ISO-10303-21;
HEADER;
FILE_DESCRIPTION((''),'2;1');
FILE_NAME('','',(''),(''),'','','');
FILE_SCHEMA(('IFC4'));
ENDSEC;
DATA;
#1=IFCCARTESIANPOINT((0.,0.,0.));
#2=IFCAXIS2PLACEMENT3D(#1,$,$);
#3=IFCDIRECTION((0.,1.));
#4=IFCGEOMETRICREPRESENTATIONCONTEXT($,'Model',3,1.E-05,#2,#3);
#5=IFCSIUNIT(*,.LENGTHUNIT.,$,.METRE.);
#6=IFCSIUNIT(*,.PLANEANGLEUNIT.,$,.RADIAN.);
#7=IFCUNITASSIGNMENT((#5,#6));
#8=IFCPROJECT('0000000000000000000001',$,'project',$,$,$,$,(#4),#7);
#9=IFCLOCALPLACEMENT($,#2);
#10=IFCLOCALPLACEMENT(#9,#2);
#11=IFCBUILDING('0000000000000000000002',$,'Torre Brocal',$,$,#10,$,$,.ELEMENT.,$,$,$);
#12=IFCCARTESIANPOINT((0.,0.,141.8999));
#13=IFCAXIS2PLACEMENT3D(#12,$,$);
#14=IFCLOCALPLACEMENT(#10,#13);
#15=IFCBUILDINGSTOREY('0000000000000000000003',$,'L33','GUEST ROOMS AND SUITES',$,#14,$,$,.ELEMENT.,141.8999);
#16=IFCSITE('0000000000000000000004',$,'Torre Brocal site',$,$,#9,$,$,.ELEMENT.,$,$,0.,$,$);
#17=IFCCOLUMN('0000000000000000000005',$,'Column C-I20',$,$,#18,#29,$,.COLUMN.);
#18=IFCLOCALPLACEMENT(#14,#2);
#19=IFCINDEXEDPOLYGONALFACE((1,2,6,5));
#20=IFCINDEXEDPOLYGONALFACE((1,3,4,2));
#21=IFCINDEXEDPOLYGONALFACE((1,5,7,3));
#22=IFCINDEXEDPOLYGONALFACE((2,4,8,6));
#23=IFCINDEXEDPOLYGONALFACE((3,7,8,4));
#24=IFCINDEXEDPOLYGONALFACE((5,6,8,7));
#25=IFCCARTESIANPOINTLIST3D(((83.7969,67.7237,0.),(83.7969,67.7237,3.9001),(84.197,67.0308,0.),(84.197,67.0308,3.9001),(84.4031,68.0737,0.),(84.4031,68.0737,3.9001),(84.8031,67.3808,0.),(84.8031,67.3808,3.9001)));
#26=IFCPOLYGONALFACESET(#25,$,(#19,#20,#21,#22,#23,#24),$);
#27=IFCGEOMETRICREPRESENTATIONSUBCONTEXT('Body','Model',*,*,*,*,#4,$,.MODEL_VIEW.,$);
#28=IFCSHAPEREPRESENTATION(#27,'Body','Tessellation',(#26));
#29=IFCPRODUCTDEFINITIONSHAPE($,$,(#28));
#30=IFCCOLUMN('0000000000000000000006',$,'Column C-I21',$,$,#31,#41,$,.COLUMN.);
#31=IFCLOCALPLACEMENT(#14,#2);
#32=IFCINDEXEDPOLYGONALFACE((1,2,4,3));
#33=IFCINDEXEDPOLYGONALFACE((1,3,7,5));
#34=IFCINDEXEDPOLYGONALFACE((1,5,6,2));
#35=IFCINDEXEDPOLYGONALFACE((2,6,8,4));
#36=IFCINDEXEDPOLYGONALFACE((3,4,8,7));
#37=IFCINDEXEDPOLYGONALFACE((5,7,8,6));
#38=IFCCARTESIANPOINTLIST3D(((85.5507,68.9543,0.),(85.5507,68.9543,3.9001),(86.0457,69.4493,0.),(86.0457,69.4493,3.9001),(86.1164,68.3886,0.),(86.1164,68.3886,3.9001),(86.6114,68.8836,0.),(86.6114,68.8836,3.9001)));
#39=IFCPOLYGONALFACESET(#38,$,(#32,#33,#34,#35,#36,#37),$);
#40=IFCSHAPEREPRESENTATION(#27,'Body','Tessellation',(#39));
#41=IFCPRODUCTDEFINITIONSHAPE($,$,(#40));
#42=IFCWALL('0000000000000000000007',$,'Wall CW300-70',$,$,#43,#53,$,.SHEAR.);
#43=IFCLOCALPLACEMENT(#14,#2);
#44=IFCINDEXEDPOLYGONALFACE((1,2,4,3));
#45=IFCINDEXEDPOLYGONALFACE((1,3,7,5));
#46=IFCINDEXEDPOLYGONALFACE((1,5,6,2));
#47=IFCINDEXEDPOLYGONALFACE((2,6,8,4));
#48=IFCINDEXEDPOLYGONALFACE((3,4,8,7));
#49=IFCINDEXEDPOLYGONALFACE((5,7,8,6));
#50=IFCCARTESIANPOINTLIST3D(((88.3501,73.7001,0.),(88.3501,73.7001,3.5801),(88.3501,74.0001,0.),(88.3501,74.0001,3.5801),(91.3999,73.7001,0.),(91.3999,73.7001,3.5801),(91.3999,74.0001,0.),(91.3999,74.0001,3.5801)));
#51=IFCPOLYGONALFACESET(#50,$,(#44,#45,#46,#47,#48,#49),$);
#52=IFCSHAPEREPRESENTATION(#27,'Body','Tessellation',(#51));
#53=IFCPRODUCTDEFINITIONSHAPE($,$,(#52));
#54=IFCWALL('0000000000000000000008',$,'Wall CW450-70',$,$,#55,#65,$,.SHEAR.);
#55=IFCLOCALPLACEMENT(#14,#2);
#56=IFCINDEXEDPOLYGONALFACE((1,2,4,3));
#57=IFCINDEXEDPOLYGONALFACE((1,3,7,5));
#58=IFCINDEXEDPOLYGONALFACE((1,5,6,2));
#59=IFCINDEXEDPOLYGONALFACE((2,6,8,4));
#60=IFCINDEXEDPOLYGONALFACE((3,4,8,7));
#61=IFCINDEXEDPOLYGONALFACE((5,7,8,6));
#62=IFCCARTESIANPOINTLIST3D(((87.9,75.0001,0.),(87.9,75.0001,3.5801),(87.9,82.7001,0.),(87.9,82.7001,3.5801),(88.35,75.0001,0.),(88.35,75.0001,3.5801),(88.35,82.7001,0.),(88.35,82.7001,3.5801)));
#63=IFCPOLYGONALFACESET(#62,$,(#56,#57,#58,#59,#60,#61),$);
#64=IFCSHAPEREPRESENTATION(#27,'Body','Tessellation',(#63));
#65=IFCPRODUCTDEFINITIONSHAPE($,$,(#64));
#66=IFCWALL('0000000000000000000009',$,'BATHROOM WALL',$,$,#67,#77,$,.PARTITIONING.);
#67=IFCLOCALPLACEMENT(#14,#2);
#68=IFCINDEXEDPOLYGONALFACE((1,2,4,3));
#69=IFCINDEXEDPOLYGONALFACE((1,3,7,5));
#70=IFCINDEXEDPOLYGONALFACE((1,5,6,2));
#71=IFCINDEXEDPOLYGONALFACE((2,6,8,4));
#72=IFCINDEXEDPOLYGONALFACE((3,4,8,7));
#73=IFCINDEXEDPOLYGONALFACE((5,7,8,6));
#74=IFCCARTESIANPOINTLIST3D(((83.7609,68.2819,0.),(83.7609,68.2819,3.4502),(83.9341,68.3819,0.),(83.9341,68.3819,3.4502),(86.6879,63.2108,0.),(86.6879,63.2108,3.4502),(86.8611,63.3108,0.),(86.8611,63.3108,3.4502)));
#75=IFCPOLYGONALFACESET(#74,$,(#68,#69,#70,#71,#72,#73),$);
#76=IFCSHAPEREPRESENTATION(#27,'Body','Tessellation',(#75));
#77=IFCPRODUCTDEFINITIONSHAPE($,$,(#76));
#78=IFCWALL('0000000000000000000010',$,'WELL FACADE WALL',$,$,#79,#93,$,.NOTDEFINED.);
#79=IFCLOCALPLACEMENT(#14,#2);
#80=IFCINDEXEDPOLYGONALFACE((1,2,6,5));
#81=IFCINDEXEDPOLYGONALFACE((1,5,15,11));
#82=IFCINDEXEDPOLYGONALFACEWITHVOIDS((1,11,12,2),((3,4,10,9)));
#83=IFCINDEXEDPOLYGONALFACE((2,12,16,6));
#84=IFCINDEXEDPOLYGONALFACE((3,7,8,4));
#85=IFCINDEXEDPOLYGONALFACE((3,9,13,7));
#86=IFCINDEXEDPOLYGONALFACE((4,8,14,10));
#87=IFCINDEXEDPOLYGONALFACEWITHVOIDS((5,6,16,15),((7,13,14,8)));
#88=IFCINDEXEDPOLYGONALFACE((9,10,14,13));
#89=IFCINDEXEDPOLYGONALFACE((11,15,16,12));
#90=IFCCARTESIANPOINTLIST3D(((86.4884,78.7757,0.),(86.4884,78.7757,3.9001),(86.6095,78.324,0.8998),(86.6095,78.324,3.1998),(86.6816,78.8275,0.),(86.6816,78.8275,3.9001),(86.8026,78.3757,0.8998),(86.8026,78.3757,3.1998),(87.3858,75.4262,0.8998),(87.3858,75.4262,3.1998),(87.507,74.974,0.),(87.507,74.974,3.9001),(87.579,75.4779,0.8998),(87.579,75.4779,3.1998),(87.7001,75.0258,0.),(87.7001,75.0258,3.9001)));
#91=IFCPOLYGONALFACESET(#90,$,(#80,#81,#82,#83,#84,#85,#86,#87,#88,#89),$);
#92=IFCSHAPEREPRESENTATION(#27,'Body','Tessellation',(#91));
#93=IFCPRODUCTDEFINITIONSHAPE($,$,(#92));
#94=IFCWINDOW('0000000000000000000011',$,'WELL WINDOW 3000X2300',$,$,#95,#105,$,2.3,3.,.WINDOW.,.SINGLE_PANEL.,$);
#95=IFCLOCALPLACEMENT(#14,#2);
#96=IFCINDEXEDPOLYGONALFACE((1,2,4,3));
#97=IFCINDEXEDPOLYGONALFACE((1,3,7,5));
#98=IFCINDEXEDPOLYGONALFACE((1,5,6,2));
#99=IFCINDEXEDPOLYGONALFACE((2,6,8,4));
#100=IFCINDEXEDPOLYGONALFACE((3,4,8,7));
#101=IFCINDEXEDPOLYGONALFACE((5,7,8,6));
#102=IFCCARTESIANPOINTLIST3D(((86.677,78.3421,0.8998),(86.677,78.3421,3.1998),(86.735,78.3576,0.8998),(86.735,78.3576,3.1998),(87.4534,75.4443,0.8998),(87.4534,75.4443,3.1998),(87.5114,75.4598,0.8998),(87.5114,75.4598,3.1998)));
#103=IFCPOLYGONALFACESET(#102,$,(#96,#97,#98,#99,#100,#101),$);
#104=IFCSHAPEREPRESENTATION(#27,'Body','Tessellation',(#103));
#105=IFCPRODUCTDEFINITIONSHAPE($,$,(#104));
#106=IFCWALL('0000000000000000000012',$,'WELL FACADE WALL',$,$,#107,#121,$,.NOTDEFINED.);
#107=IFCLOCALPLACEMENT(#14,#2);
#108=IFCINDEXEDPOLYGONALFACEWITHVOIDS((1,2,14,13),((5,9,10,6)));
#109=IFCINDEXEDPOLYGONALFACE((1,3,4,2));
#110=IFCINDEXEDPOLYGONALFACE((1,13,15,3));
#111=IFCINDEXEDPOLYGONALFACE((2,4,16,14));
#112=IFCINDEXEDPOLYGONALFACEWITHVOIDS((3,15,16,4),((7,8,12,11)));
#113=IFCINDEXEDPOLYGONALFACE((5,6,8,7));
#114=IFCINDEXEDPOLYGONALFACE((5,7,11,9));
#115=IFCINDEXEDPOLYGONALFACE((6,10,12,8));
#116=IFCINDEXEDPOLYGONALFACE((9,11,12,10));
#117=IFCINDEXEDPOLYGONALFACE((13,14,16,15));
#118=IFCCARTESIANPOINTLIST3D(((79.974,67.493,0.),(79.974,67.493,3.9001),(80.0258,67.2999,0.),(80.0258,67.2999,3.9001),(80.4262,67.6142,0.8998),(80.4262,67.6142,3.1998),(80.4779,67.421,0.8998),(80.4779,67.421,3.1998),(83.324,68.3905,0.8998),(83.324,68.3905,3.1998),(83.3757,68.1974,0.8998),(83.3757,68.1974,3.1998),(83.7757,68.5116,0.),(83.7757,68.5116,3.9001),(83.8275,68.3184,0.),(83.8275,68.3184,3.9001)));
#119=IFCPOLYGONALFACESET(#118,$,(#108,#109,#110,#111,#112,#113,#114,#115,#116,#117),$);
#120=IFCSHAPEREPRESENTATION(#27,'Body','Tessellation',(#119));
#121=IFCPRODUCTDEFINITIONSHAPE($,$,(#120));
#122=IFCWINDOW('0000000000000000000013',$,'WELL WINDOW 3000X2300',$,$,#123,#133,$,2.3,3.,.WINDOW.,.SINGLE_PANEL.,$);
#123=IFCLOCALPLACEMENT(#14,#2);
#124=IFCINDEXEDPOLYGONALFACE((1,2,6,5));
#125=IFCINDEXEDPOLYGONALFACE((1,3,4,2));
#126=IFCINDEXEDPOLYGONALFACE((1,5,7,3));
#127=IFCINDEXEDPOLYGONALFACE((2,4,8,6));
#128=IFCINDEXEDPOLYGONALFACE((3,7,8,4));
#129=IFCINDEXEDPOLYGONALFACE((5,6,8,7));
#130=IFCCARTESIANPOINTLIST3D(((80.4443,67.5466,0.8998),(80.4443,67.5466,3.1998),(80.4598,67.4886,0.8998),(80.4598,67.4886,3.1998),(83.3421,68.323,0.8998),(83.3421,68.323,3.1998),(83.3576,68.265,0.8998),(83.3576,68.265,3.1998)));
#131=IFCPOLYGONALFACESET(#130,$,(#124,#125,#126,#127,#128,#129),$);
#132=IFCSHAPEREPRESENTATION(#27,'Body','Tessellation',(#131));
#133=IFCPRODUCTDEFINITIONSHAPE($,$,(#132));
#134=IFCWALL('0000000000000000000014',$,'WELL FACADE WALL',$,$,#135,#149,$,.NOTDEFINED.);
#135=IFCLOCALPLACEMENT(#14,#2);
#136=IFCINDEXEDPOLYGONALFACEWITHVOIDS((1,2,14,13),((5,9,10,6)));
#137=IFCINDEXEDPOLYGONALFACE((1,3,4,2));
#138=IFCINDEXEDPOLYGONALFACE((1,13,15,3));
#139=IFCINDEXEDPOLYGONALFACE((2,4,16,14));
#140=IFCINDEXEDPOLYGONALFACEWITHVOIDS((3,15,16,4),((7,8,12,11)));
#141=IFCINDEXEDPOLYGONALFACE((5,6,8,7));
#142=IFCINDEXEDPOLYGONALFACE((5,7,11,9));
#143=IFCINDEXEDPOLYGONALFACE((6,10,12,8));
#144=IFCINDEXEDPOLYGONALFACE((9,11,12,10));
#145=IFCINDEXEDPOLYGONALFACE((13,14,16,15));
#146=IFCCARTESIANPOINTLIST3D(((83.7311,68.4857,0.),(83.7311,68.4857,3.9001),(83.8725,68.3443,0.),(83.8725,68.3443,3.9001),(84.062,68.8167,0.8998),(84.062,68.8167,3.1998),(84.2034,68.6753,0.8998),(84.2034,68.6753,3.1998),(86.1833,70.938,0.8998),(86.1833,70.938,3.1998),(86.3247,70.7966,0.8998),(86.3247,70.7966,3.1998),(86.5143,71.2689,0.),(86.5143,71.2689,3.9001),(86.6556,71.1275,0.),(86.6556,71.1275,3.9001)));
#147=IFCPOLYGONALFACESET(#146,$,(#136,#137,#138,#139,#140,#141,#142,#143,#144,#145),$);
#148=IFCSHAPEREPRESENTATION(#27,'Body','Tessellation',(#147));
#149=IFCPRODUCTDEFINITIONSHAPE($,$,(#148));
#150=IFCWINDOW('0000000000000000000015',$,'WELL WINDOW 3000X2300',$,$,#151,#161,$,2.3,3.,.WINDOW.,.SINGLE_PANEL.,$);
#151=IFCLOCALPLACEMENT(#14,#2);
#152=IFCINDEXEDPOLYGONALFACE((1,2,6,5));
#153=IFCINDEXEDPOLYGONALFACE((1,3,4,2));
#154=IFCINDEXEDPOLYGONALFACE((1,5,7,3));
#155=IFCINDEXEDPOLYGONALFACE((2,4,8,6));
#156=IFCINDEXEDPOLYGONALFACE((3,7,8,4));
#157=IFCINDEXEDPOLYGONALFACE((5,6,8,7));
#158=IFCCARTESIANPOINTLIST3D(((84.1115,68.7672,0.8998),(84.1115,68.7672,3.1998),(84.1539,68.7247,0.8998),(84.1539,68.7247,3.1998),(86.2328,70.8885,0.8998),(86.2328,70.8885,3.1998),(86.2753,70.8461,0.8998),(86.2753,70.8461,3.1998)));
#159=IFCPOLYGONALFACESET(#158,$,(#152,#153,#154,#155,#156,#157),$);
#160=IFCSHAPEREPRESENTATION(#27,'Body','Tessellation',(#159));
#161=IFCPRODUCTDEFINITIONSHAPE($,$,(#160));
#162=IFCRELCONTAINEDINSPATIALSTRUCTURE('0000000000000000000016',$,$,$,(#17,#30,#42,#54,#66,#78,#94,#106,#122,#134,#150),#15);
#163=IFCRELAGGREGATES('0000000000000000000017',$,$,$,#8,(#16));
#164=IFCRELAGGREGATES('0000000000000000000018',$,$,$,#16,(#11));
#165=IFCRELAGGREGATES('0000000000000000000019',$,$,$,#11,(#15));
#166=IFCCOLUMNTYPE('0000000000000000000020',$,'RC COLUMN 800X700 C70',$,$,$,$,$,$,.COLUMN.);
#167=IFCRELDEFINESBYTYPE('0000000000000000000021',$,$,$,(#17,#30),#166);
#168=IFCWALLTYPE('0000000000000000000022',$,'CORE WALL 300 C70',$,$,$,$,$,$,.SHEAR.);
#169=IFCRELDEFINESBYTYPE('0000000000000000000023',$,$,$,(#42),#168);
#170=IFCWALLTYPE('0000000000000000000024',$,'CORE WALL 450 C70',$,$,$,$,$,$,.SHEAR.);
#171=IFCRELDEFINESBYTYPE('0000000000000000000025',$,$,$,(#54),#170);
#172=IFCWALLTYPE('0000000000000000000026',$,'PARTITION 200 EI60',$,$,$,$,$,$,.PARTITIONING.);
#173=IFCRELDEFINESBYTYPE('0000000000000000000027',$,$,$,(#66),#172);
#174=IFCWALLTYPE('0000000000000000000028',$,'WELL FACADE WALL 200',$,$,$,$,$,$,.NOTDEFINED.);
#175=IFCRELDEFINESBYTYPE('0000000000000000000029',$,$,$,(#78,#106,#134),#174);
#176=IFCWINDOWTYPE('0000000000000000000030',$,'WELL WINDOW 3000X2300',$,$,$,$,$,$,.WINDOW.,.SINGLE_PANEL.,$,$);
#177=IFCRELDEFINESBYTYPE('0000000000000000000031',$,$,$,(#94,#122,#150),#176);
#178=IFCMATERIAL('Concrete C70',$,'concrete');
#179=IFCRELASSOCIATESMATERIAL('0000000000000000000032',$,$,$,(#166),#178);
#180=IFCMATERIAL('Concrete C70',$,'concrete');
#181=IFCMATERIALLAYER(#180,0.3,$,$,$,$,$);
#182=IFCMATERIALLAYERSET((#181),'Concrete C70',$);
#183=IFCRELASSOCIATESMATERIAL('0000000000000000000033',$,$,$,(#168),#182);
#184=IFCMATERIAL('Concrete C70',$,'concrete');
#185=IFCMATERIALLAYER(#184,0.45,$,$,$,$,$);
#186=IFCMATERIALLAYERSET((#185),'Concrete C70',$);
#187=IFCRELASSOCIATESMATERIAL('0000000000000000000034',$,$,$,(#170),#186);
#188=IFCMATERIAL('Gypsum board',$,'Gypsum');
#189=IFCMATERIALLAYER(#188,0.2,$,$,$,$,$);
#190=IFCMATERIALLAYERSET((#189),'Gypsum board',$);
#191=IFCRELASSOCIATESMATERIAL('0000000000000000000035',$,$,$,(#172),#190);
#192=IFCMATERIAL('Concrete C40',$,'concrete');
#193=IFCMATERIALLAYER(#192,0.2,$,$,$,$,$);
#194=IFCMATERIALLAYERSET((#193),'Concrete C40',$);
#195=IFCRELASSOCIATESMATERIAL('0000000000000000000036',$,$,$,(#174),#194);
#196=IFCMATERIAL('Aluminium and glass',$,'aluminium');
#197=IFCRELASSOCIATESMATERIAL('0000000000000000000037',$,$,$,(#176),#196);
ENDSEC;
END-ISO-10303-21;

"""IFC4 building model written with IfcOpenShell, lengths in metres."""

from ifc_helpers import new_model, si_unit, direction, frame, frame_2d, origin, origin_2d, place, context, subcontext, project, spatial, rectangle, extrude, material, layer, layer_set, material_profile, profile_set, type_object, element, fill, save


model = new_model("IFC4")

# Units and contexts
model_context = context("Model", 3, precision=1e-05, world=origin(), true_north=direction((0.0, 1.0)))
body_context = subcontext(model_context, "Body", "Model", "MODEL_VIEW")
ifc_project = project(units=[si_unit("LENGTHUNIT", "METRE"), si_unit("PLANEANGLEUNIT", "RADIAN")], contexts=[model_context])

# Site, building, storey
site_placement = place(None, origin())
site = spatial("IfcSite", under=ifc_project, at=site_placement, Name="Torre Brocal site", CompositionType="ELEMENT", RefElevation=0.0)
building_placement = place(site_placement, origin())
building = spatial("IfcBuilding", under=site, at=building_placement, Name="Torre Brocal", CompositionType="ELEMENT")
storey_placement = place(building_placement, frame((0.0, 0.0, 141.8999)))
storey = spatial("IfcBuildingStorey", under=building, at=storey_placement, Name="L33", Description="GUEST ROOMS AND SUITES", CompositionType="ELEMENT", Elevation=141.8999)

# Columns
ifc_material_1 = material(Name="Concrete C70", Category="concrete")
ifc_material_profile = material_profile(ifc_material_1, rectangle(XDim=0.8, YDim=0.7, at=origin_2d()), Name="RC 800X700")
ifc_profile_set = profile_set([ifc_material_profile], Name="Concrete C70")
column_type = type_object("IfcColumnType", Name="RC COLUMN 800X700 C70", PredefinedType="COLUMN", material=ifc_profile_set)
for number, where, z_axis, x_axis, name in (
    (1, (84.3, 67.5522, 0.0), (0.0, 0.0, 1.0), (0.5, -0.866025, 0.0), "Column C-I20"),
    (2, (86.0811, 68.9189, 0.0), (0.0, 0.0, 1.0), (0.707107, -0.707107, 0.0), "Column C-I21"),
):
    element("IfcColumn", number, at=place(storey_placement, frame(where, z_axis=z_axis, x_axis=x_axis)), inside=storey, type_object=column_type, Name=name, PredefinedType="COLUMN", context=body_context, shape_type="SweptSolid", body=[
        extrude(rectangle(XDim=0.8, YDim=0.7, at=origin_2d()), origin(), (0.0, 0.0, 1.0), 3.9001),
    ])

# Walls
ifc_material_2 = material(Name="Concrete C70", Category="concrete")
ifc_layer_1 = layer(ifc_material_2, 0.3)
ifc_layer_set_1 = layer_set([ifc_layer_1], Name="Concrete C70")
wall_type_1 = type_object("IfcWallType", Name="CORE WALL 300 C70", PredefinedType="SHEAR", material=ifc_layer_set_1)
wall_1_placement = place(storey_placement, frame((88.3501, 73.8501, 0.0), z_axis=(0.0, 0.0, 1.0), x_axis=(1.0, 0.0, 0.0)))
element("IfcWall", 3, at=wall_1_placement, inside=storey, type_object=wall_type_1, Name="Wall CW300-70", PredefinedType="SHEAR", context=body_context, shape_type="SweptSolid", body=[
    extrude(rectangle(XDim=3.0498, YDim=0.3, at=frame_2d((1.5249, 0.0))), origin(), (0.0, 0.0, 1.0), 3.5801),
])
ifc_material_3 = material(Name="Concrete C70", Category="concrete")
ifc_layer_2 = layer(ifc_material_3, 0.45)
ifc_layer_set_2 = layer_set([ifc_layer_2], Name="Concrete C70")
wall_type_2 = type_object("IfcWallType", Name="CORE WALL 450 C70", PredefinedType="SHEAR", material=ifc_layer_set_2)
wall_2_placement = place(storey_placement, frame((88.125, 75.0, 0.0), z_axis=(0.0, 0.0, 1.0), x_axis=(0.0, 1.0, 0.0)))
element("IfcWall", 4, at=wall_2_placement, inside=storey, type_object=wall_type_2, Name="Wall CW450-70", PredefinedType="SHEAR", context=body_context, shape_type="SweptSolid", body=[
    extrude(rectangle(XDim=7.7, YDim=0.45, at=frame_2d((3.8501, 0.0))), origin(), (0.0, 0.0, 1.0), 3.5801),
])
ifc_material_4 = material(Name="Gypsum board", Category="Gypsum")
ifc_layer_3 = layer(ifc_material_4, 0.2)
ifc_layer_set_3 = layer_set([ifc_layer_3], Name="Gypsum board")
wall_type_3 = type_object("IfcWallType", Name="PARTITION 200 EI60", PredefinedType="PARTITIONING", material=ifc_layer_set_3)
wall_3_placement = place(storey_placement, frame((83.8474, 68.332, 0.0), z_axis=(0.0, 0.0, 1.0), x_axis=(0.499902, -0.866082, 0.0)))
element("IfcWall", 5, at=wall_3_placement, inside=storey, type_object=wall_type_3, Name="BATHROOM WALL", PredefinedType="PARTITIONING", context=body_context, shape_type="SweptSolid", body=[
    extrude(rectangle(XDim=5.8552, YDim=0.2, at=frame_2d((2.9277, 0.0))), origin(), (0.0, 0.0, 1.0), 3.4502),
])

# Walls, openings, windows
ifc_material_5 = material(Name="Concrete C40", Category="concrete")
ifc_layer_4 = layer(ifc_material_5, 0.2)
ifc_layer_set_4 = layer_set([ifc_layer_4], Name="Concrete C40")
wall_type_4 = type_object("IfcWallType", Name="WELL FACADE WALL 200", PredefinedType="NOTDEFINED", material=ifc_layer_set_4)
wall_4_placement = place(storey_placement, frame((87.6035, 75.0, 0.0), z_axis=(0.0, 0.0, 1.0), x_axis=(-0.25879, 0.965934, 0.0)))
wall_4 = element("IfcWall", 6, at=wall_4_placement, inside=storey, type_object=wall_type_4, Name="WELL FACADE WALL", PredefinedType="NOTDEFINED", context=body_context, shape_type="SweptSolid", body=[
    extrude(rectangle(XDim=3.9358, YDim=0.2, at=frame_2d((1.9678, 0.0))), origin(), (0.0, 0.0, 1.0), 3.9001),
])
opening_1_placement = place(wall_4_placement, frame((0.468, 0.0, 0.8999)))
opening_1 = element("IfcOpeningElement", 7, at=opening_1_placement, cuts=wall_4, PredefinedType="OPENING", context=body_context, shape_type="SweptSolid", body=[
    extrude(rectangle(XDim=3.0, YDim=2.3, at=frame_2d((1.5, 1.1499))), frame((0.0, 0.1099, 0.0), z_axis=(0.0, -1.0, 0.0), x_axis=(1.0, 0.0, 0.0)), (0.0, 0.0, 1.0), 0.22),
])
ifc_material_6 = material(Name="Aluminium and glass", Category="aluminium")
window_type = type_object("IfcWindowType", Name="WELL WINDOW 3000X2300", PartitioningType="SINGLE_PANEL", PredefinedType="WINDOW", material=ifc_material_6)
window_1_placement = place(opening_1_placement, origin())
window_1 = element("IfcWindow", 8, at=window_1_placement, inside=storey, type_object=window_type, Name="WELL WINDOW 3000X2300", OverallHeight=2.3, OverallWidth=3.0, PartitioningType="SINGLE_PANEL", PredefinedType="WINDOW", context=body_context, shape_type="SweptSolid", body=[
    extrude(rectangle(XDim=3.0, YDim=2.3, at=frame_2d((1.5, 1.1499))), frame((0.0, 0.03, 0.0), z_axis=(0.0, -1.0, 0.0), x_axis=(1.0, 0.0, 0.0)), (0.0, 0.0, 1.0), 0.0601),
])
fill(opening_1, window_1)
wall_5_placement = place(storey_placement, frame((80.0, 67.3965, 0.0), z_axis=(0.0, 0.0, 1.0), x_axis=(0.965934, 0.25879, 0.0)))
wall_5 = element("IfcWall", 9, at=wall_5_placement, inside=storey, type_object=wall_type_4, Name="WELL FACADE WALL", PredefinedType="NOTDEFINED", context=body_context, shape_type="SweptSolid", body=[
    extrude(rectangle(XDim=3.9358, YDim=0.2, at=frame_2d((1.9678, 0.0))), origin(), (0.0, 0.0, 1.0), 3.9001),
])
opening_2_placement = place(wall_5_placement, frame((0.468, 0.0, 0.8999)))
opening_2 = element("IfcOpeningElement", 10, at=opening_2_placement, cuts=wall_5, PredefinedType="OPENING", context=body_context, shape_type="SweptSolid", body=[
    extrude(rectangle(XDim=3.0, YDim=2.3, at=frame_2d((1.5, 1.1499))), frame((0.0, 0.1099, 0.0), z_axis=(0.0, -1.0, 0.0), x_axis=(1.0, 0.0, 0.0)), (0.0, 0.0, 1.0), 0.22),
])
window_2_placement = place(opening_2_placement, origin())
window_2 = element("IfcWindow", 11, at=window_2_placement, inside=storey, type_object=window_type, Name="WELL WINDOW 3000X2300", OverallHeight=2.3, OverallWidth=3.0, PartitioningType="SINGLE_PANEL", PredefinedType="WINDOW", context=body_context, shape_type="SweptSolid", body=[
    extrude(rectangle(XDim=3.0, YDim=2.3, at=frame_2d((1.5, 1.1499))), frame((0.0, 0.03, 0.0), z_axis=(0.0, -1.0, 0.0), x_axis=(1.0, 0.0, 0.0)), (0.0, 0.0, 1.0), 0.0601),
])
fill(opening_2, window_2)
wall_6_placement = place(storey_placement, frame((83.8018, 68.415, 0.0), z_axis=(0.0, 0.0, 1.0), x_axis=(0.707107, 0.707107, 0.0)))
wall_6 = element("IfcWall", 12, at=wall_6_placement, inside=storey, type_object=wall_type_4, Name="WELL FACADE WALL", PredefinedType="NOTDEFINED", context=body_context, shape_type="SweptSolid", body=[
    extrude(rectangle(XDim=3.936, YDim=0.2, at=frame_2d((1.968, 0.0))), origin(), (0.0, 0.0, 1.0), 3.9001),
])
opening_3_placement = place(wall_6_placement, frame((0.468, 0.0, 0.8999)))
opening_3 = element("IfcOpeningElement", 13, at=opening_3_placement, cuts=wall_6, PredefinedType="OPENING", context=body_context, shape_type="SweptSolid", body=[
    extrude(rectangle(XDim=3.0, YDim=2.3, at=frame_2d((1.5, 1.1499))), frame((0.0, 0.1099, 0.0), z_axis=(0.0, -1.0, 0.0), x_axis=(1.0, 0.0, 0.0)), (0.0, 0.0, 1.0), 0.22),
])
window_3_placement = place(opening_3_placement, origin())
window_3 = element("IfcWindow", 14, at=window_3_placement, inside=storey, type_object=window_type, Name="WELL WINDOW 3000X2300", OverallHeight=2.3, OverallWidth=3.0, PartitioningType="SINGLE_PANEL", PredefinedType="WINDOW", context=body_context, shape_type="SweptSolid", body=[
    extrude(rectangle(XDim=3.0, YDim=2.3, at=frame_2d((1.5, 1.1499))), frame((0.0, 0.03, 0.0), z_axis=(0.0, -1.0, 0.0), x_axis=(1.0, 0.0, 0.0)), (0.0, 0.0, 1.0), 0.0601),
])
fill(opening_3, window_3)

save(model, "model.ifc")
